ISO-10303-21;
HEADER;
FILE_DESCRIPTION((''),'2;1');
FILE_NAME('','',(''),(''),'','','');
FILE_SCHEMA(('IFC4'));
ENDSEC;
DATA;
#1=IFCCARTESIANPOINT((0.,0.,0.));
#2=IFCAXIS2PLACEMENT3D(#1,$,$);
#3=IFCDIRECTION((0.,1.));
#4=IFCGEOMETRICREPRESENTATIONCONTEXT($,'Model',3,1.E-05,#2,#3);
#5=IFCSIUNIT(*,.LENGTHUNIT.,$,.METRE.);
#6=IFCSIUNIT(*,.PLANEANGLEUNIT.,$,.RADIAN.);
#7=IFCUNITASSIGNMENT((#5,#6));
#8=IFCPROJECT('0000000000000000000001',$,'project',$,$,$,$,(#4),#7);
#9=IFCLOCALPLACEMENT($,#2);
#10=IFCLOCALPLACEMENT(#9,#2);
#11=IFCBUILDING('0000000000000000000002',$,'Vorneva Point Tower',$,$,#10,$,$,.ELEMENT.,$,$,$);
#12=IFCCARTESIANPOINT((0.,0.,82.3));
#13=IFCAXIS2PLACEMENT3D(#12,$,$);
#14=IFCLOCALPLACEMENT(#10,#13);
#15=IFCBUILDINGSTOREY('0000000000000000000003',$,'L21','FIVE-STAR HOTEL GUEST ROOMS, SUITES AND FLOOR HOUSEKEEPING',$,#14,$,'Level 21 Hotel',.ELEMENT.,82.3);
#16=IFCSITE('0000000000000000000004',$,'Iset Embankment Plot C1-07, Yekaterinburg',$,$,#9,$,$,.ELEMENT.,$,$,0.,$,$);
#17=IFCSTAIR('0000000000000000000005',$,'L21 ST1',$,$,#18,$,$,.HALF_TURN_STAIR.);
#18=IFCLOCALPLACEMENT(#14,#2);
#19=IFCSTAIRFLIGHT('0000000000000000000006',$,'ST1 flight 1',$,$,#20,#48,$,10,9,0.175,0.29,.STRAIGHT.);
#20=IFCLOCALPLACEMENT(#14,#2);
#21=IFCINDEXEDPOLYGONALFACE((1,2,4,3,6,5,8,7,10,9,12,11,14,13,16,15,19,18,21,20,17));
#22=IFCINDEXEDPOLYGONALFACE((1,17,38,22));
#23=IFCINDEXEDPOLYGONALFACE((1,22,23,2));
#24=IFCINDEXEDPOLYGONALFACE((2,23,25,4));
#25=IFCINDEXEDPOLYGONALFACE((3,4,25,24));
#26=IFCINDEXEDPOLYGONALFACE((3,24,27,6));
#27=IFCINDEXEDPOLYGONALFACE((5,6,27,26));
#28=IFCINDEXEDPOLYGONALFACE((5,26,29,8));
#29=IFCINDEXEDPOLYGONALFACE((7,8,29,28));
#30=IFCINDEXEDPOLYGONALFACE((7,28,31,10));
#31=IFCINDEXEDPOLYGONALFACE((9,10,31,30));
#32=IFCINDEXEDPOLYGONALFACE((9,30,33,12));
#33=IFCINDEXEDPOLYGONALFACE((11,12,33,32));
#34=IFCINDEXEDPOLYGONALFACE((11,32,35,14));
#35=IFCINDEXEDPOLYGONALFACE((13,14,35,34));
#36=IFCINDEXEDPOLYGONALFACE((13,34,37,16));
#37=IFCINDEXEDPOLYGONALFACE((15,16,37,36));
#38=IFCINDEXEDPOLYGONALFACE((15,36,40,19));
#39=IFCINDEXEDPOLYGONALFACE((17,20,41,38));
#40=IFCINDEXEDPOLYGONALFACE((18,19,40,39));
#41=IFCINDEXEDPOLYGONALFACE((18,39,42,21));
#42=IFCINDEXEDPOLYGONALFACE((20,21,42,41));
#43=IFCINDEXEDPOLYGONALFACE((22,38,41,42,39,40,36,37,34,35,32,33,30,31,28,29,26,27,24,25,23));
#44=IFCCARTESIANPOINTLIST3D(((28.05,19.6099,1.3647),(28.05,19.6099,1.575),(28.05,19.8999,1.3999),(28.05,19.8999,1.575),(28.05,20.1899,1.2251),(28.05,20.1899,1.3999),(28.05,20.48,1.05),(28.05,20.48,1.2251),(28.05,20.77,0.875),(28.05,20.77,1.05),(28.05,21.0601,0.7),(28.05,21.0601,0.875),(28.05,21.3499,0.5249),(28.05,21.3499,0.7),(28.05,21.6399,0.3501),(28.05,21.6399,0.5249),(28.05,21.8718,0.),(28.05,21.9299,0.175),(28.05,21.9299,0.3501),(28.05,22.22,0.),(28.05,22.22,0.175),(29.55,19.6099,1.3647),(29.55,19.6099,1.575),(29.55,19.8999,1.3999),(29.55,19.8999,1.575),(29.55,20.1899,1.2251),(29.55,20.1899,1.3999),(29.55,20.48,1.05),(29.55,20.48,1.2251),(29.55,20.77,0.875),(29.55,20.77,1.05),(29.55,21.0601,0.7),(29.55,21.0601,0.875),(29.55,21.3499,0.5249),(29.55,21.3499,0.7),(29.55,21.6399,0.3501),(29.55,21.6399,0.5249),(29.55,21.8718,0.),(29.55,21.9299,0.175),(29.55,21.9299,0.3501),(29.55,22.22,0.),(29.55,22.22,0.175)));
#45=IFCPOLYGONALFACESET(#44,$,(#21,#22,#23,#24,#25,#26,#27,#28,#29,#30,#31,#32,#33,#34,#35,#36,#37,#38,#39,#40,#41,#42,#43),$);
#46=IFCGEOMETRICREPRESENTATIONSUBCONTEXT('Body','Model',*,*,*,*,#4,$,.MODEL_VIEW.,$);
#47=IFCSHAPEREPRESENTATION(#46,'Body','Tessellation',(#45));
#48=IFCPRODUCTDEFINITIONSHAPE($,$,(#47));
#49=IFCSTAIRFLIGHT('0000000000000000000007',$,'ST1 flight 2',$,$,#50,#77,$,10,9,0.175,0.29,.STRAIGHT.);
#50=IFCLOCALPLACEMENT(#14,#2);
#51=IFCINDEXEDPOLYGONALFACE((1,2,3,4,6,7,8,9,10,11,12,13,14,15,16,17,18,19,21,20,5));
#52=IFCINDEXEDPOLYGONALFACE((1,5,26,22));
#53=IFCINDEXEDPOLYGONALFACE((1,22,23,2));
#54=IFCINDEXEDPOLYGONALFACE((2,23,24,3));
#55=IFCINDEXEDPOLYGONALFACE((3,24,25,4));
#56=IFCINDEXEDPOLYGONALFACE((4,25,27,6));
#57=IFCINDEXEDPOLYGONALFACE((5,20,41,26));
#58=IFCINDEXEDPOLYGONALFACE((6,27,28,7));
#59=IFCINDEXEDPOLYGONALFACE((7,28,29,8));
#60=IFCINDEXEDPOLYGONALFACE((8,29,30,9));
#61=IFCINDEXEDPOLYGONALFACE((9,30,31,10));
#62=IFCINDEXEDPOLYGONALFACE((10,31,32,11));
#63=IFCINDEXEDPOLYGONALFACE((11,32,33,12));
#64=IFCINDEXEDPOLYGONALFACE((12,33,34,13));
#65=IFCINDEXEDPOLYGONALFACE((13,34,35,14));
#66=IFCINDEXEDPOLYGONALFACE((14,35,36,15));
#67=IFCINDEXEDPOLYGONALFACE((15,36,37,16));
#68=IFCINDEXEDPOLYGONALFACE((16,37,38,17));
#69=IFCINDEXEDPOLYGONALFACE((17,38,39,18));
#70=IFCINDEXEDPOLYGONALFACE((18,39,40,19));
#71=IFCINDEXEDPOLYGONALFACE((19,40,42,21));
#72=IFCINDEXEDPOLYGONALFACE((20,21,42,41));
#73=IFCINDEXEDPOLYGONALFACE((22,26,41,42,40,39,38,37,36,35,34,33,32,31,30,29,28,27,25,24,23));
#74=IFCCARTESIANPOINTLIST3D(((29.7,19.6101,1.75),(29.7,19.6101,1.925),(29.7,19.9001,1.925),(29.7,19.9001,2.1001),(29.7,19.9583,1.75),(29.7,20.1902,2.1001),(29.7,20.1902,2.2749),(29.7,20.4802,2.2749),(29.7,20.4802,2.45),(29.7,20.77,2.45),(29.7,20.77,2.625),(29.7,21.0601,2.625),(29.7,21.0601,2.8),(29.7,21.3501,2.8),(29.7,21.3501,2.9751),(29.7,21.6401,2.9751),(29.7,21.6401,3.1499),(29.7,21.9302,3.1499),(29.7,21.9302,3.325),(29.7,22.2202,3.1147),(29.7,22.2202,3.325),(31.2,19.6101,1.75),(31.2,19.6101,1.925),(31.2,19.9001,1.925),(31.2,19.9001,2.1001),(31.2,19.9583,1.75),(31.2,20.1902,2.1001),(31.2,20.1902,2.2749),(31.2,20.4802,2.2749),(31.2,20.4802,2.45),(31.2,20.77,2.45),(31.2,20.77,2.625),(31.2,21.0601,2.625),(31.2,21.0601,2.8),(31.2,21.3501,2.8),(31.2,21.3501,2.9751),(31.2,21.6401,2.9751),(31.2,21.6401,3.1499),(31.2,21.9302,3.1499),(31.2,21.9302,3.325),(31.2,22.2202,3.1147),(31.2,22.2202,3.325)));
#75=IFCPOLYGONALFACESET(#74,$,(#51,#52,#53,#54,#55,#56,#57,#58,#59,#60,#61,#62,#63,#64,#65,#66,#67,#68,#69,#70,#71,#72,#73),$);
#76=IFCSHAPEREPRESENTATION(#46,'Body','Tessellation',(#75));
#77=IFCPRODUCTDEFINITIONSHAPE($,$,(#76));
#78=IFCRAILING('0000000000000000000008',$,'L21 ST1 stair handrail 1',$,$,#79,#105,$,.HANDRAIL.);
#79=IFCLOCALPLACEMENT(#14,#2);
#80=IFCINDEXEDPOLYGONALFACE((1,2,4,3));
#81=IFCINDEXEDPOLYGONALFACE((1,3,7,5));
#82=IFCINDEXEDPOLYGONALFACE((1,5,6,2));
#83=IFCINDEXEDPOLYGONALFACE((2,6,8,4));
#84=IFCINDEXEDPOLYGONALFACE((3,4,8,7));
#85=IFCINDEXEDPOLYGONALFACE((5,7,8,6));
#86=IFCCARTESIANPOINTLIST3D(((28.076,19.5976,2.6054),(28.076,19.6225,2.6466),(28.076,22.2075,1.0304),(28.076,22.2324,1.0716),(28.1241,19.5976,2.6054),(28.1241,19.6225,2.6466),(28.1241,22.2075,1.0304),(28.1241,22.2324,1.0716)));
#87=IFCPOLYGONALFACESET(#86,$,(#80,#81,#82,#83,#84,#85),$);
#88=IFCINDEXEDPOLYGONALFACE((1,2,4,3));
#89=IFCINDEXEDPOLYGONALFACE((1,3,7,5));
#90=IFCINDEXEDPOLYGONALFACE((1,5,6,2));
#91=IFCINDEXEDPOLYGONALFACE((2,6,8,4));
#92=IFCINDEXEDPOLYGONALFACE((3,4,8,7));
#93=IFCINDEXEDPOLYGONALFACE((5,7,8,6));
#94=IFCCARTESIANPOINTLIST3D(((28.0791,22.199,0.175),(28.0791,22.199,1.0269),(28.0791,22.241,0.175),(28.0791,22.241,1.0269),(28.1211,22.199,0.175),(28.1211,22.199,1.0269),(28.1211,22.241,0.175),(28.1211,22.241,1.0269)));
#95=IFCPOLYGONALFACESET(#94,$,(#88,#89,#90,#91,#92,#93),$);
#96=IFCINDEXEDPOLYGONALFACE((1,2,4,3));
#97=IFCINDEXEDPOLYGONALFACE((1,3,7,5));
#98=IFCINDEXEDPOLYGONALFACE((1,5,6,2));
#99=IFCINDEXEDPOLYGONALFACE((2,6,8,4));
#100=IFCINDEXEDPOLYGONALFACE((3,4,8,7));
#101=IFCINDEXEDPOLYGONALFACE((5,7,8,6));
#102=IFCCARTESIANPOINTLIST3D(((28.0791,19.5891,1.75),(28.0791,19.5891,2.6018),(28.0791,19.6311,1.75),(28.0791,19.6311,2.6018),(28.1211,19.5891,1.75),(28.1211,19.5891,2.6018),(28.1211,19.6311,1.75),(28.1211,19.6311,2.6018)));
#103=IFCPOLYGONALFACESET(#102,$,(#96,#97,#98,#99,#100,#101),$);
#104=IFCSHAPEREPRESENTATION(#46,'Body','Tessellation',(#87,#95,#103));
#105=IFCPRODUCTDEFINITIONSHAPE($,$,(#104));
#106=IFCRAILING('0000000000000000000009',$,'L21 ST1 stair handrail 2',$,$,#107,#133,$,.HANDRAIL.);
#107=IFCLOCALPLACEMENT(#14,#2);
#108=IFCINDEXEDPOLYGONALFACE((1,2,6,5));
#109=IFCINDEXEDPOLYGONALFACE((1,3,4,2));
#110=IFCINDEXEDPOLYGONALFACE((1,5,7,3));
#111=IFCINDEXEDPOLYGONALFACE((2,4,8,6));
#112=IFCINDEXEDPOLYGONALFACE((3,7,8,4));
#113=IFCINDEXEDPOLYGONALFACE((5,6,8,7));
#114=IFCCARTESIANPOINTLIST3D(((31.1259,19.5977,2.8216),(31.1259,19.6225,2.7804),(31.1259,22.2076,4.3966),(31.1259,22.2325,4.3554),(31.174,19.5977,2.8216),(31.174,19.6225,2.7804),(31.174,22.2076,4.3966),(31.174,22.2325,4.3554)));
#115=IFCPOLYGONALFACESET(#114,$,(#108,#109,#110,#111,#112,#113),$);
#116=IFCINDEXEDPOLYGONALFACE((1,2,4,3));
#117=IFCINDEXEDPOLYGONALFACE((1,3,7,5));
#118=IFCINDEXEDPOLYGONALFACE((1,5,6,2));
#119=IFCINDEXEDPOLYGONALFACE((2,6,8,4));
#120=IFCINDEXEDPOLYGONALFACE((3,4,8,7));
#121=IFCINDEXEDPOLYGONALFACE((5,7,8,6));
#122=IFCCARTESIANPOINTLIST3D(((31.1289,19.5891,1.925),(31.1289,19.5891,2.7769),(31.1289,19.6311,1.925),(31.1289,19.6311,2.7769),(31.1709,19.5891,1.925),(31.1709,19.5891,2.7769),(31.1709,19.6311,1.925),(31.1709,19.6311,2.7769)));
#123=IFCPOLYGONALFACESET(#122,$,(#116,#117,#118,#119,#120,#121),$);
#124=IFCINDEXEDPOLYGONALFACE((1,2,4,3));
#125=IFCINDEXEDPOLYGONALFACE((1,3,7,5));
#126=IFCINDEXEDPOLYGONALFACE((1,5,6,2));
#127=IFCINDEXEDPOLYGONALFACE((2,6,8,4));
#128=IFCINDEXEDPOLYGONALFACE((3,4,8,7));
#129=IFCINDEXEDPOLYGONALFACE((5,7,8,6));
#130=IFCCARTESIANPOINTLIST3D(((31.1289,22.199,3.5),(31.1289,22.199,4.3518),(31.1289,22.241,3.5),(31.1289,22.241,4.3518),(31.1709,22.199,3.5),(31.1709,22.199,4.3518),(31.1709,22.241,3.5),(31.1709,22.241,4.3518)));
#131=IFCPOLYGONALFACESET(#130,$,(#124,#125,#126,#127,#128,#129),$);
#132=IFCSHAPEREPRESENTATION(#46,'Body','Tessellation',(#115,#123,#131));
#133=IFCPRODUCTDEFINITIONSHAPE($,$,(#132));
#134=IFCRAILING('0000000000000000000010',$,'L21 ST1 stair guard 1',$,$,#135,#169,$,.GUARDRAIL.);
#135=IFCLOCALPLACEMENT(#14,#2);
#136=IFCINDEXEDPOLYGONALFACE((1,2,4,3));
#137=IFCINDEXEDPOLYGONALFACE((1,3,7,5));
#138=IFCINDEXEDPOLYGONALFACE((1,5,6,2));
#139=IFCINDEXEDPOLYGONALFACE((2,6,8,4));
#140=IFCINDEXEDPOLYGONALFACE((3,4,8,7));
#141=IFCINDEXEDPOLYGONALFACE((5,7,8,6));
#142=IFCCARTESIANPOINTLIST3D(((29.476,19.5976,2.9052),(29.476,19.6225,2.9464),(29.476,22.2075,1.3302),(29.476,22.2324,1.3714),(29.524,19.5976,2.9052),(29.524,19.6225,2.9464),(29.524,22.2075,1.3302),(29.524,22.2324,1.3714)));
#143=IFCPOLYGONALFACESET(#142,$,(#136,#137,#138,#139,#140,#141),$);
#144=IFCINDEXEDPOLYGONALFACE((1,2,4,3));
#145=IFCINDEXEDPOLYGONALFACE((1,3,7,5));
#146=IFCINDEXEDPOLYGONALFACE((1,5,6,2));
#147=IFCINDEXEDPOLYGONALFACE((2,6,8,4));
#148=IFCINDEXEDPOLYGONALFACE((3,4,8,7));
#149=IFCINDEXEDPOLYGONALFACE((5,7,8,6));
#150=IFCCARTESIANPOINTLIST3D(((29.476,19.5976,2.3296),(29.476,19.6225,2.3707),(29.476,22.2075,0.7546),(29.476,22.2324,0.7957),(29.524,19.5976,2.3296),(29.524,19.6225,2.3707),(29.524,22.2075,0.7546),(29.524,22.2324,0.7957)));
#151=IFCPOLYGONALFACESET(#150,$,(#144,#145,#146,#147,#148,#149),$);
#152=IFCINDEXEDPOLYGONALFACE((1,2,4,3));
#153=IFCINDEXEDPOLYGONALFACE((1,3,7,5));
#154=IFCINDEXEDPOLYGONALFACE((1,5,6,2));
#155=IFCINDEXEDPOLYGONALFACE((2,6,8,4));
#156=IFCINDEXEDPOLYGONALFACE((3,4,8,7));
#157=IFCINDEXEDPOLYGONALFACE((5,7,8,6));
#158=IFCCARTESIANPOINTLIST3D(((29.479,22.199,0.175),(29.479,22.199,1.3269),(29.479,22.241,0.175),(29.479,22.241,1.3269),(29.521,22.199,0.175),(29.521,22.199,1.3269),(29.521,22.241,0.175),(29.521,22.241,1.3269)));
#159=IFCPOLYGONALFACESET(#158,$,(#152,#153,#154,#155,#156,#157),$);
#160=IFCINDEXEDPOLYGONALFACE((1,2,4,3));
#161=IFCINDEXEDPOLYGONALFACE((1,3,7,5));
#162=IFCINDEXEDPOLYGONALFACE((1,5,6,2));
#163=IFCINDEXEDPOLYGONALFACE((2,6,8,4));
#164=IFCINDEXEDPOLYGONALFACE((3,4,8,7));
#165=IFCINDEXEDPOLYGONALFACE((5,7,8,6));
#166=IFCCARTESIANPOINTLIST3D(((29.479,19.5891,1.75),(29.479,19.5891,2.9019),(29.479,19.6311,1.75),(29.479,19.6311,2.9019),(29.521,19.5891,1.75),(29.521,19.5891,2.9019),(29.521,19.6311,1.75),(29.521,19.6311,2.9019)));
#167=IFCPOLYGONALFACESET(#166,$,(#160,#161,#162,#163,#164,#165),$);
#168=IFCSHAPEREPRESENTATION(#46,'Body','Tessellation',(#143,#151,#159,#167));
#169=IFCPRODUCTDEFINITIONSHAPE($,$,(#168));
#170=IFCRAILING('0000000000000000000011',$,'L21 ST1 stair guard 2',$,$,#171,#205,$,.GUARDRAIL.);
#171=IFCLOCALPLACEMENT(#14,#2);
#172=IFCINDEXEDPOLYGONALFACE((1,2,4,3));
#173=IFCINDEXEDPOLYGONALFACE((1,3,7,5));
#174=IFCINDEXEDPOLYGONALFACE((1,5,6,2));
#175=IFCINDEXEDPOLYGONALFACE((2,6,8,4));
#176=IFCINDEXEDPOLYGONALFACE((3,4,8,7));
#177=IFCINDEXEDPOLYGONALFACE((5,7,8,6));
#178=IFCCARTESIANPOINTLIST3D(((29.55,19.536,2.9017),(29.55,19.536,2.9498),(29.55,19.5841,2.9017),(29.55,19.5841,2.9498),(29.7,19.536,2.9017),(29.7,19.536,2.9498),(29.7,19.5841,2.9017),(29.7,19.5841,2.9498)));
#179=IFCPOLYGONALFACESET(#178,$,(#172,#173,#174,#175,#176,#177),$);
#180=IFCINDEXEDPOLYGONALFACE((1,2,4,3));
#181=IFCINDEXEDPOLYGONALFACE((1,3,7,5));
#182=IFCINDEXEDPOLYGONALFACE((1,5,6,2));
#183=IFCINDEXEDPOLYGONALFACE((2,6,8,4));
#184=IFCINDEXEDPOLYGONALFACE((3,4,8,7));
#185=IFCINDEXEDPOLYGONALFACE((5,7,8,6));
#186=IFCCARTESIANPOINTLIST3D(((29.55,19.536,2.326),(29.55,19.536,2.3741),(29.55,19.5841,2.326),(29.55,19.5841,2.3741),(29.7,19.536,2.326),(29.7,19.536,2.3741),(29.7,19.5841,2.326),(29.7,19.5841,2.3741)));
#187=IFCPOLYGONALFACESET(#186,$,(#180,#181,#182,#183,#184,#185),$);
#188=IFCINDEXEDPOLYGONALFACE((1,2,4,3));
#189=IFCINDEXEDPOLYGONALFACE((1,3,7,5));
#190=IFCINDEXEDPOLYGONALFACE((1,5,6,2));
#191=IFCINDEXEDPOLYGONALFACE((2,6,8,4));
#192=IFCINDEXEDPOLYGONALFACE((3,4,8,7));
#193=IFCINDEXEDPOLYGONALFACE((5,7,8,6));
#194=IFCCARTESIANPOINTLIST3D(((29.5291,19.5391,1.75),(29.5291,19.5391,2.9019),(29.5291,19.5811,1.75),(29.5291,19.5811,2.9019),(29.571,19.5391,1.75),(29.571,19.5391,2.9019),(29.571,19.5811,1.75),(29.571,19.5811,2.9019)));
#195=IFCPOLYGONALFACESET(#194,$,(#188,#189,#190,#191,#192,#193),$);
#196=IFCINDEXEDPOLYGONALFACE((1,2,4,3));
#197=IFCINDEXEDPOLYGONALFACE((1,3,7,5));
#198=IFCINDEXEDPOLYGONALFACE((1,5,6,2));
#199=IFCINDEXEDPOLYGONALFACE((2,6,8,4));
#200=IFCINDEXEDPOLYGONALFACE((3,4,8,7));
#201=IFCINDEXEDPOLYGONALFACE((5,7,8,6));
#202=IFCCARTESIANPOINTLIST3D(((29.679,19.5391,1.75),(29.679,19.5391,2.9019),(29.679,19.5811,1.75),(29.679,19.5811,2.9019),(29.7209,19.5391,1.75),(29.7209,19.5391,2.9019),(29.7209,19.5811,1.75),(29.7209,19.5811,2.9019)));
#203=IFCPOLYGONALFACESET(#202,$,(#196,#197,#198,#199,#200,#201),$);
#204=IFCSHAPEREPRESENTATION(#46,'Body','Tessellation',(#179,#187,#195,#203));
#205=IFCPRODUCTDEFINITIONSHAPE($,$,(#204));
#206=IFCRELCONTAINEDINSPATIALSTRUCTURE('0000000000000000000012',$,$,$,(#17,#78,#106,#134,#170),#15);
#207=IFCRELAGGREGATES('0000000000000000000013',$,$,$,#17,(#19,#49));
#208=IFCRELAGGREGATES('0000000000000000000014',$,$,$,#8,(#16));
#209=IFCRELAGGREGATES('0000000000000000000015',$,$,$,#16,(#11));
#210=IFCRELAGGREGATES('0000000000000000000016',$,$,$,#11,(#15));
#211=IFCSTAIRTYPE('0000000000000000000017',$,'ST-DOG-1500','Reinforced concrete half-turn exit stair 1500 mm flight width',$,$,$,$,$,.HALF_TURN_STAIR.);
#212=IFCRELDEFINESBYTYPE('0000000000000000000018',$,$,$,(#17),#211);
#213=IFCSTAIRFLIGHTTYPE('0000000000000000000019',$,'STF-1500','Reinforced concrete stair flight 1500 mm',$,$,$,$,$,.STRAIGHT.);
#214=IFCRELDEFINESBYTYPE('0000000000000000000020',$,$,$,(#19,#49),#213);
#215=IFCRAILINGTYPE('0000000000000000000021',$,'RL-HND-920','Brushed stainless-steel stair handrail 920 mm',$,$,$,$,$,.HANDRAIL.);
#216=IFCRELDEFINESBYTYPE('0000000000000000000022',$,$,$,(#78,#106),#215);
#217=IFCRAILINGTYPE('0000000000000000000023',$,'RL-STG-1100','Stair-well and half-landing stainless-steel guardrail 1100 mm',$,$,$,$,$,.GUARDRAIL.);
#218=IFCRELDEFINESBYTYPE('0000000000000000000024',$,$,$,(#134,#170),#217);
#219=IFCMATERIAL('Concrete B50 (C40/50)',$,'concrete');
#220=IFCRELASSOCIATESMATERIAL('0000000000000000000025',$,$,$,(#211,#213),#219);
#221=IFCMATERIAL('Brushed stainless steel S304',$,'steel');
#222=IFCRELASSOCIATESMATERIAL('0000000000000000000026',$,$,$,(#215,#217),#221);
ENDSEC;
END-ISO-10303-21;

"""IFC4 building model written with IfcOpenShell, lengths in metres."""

from ifc_helpers import new_model, si_unit, direction, frame, origin, origin_2d, place, context, subcontext, project, spatial, polyline, rectangle, outline, extrude, material, type_object, element, aggregate, save


model = new_model("IFC4")

# Units and contexts
model_context = context("Model", 3, precision=1e-05, world=origin(), true_north=direction((0.0, 1.0)))
body_context = subcontext(model_context, "Body", "Model", "MODEL_VIEW")
ifc_project = project(units=[si_unit("LENGTHUNIT", "METRE"), si_unit("PLANEANGLEUNIT", "RADIAN")], contexts=[model_context])

# Site, building, storey
site_placement = place(None, origin())
site = spatial("IfcSite", under=ifc_project, at=site_placement, Name="Iset Embankment Plot C1-07, Yekaterinburg", CompositionType="ELEMENT", RefElevation=0.0)
building_placement = place(site_placement, origin())
building = spatial("IfcBuilding", under=site, at=building_placement, Name="Vorneva Point Tower", CompositionType="ELEMENT")
storey_placement = place(building_placement, frame((0.0, 0.0, 82.3)))
storey = spatial("IfcBuildingStorey", under=building, at=storey_placement, Name="L21", Description="FIVE-STAR HOTEL GUEST ROOMS, SUITES AND FLOOR HOUSEKEEPING", LongName="Level 21 Hotel", CompositionType="ELEMENT", Elevation=82.3)

# Shared definitions
ifc_material_1 = material(Name="Concrete B50 (C40/50)", Category="concrete")

# Stair, stair flights
stair_type = type_object("IfcStairType", Name="ST-DOG-1500", Description="Reinforced concrete half-turn exit stair 1500 mm flight width", PredefinedType="HALF_TURN_STAIR", material=ifc_material_1)
stair_placement = place(storey_placement, origin())
stair = element("IfcStair", 1, at=stair_placement, inside=storey, type_object=stair_type, Name="L21 ST1", PredefinedType="HALF_TURN_STAIR")
stair_flight_type = type_object("IfcStairFlightType", Name="STF-1500", Description="Reinforced concrete stair flight 1500 mm", PredefinedType="STRAIGHT", material=ifc_material_1)
stair_flight_1_placement = place(storey_placement, frame((28.8, 22.22, 0.0), z_axis=(0.0, 0.0, 1.0), x_axis=(0.0, -1.0, 0.0)))
stair_flight_1 = element("IfcStairFlight", 2, at=stair_flight_1_placement, type_object=stair_flight_type, Name="ST1 flight 1", NumberOfRisers=10, NumberOfTreads=9, PredefinedType="STRAIGHT", RiserHeight=0.175, TreadLength=0.29, context=body_context, shape_type="SweptSolid", body=[
    extrude(outline(polyline([(0.0, 0.0), (0.0, 0.175), (0.29, 0.175), (0.29, 0.3501), (0.5801, 0.3501), (0.5801, 0.5249), (0.8701, 0.5249), (0.8701, 0.7), (1.1599, 0.7), (1.1599, 0.875), (1.45, 0.875), (1.45, 1.05), (1.74, 1.05), (1.74, 1.2251), (2.03, 1.2251), (2.03, 1.3999), (2.3201, 1.3999), (2.3201, 1.575), (2.6101, 1.575), (2.6101, 1.75), (2.6101, 1.3647), (0.3481, 0.0), (0.0, 0.0)])), frame((0.0, 0.75, 0.0), z_axis=(0.0, -1.0, 0.0), x_axis=(1.0, 0.0, 0.0)), (0.0, 0.0, 1.0), 1.5),
])
stair_flight_2_placement = place(storey_placement, frame((30.45, 19.6101, 1.75), z_axis=(0.0, 0.0, 1.0), x_axis=(0.0, 1.0, 0.0)))
stair_flight_2 = element("IfcStairFlight", 3, at=stair_flight_2_placement, type_object=stair_flight_type, Name="ST1 flight 2", NumberOfRisers=10, NumberOfTreads=9, PredefinedType="STRAIGHT", RiserHeight=0.175, TreadLength=0.29, context=body_context, shape_type="SweptSolid", body=[
    extrude(outline(polyline([(0.0, 0.0), (0.0, 0.175), (0.29, 0.175), (0.29, 0.3501), (0.5801, 0.3501), (0.5801, 0.5249), (0.8701, 0.5249), (0.8701, 0.7), (1.1599, 0.7), (1.1599, 0.875), (1.45, 0.875), (1.45, 1.05), (1.74, 1.05), (1.74, 1.2251), (2.03, 1.2251), (2.03, 1.3999), (2.3201, 1.3999), (2.3201, 1.575), (2.6101, 1.575), (2.6101, 1.75), (2.6101, 1.3647), (0.3481, 0.0), (0.0, 0.0)])), frame((0.0, 0.75, 0.0), z_axis=(0.0, -1.0, 0.0), x_axis=(1.0, 0.0, 0.0)), (0.0, 0.0, 1.0), 1.5),
])
aggregate(stair, [stair_flight_1, stair_flight_2])

# Railings
ifc_material_2 = material(Name="Brushed stainless steel S304", Category="steel")
railing_type_1 = type_object("IfcRailingType", Name="RL-HND-920", Description="Brushed stainless-steel stair handrail 920 mm", PredefinedType="HANDRAIL", material=ifc_material_2)
railing_1_placement = place(storey_placement, frame((28.1001, 22.22, 0.175)))
element("IfcRailing", 4, at=railing_1_placement, inside=storey, type_object=railing_type_1, Name="L21 ST1 stair handrail 1", PredefinedType="HANDRAIL", context=body_context, shape_type="SweptSolid", body=[
    extrude(rectangle(XDim=0.0481, YDim=0.0481, at=origin_2d()), frame((0.0, 0.0, 0.876), z_axis=(0.0, -0.856183, 0.516673), x_axis=(1.0, 0.0, 0.0)), (0.0, 0.0, 1.0), 3.0483),
    extrude(rectangle(XDim=0.042, YDim=0.042, at=origin_2d()), origin(), (0.0, 0.0, 1.0), 0.8518),
    extrude(rectangle(XDim=0.042, YDim=0.042, at=origin_2d()), frame((0.0, -2.6099, 1.575)), (0.0, 0.0, 1.0), 0.8518),
])
railing_2_placement = place(storey_placement, frame((31.1499, 19.6101, 1.925)))
element("IfcRailing", 5, at=railing_2_placement, inside=storey, type_object=railing_type_1, Name="L21 ST1 stair handrail 2", PredefinedType="HANDRAIL", context=body_context, shape_type="SweptSolid", body=[
    extrude(rectangle(XDim=0.0481, YDim=0.0481, at=origin_2d()), frame((0.0, 0.0, 0.876), z_axis=(0.0, 0.856183, 0.516673), x_axis=(-1.0, 0.0, 0.0)), (0.0, 0.0, 1.0), 3.0483),
    extrude(rectangle(XDim=0.042, YDim=0.042, at=origin_2d()), origin(), (0.0, 0.0, 1.0), 0.8518),
    extrude(rectangle(XDim=0.042, YDim=0.042, at=origin_2d()), frame((0.0, 2.6099, 1.575)), (0.0, 0.0, 1.0), 0.8518),
])
railing_type_2 = type_object("IfcRailingType", Name="RL-STG-1100", Description="Stair-well and half-landing stainless-steel guardrail 1100 mm", PredefinedType="GUARDRAIL", material=ifc_material_2)
railing_3_placement = place(storey_placement, frame((29.5, 22.22, 0.175)))
element("IfcRailing", 6, at=railing_3_placement, inside=storey, type_object=railing_type_2, Name="L21 ST1 stair guard 1", PredefinedType="GUARDRAIL", context=body_context, shape_type="SweptSolid", body=[
    extrude(rectangle(XDim=0.0481, YDim=0.0481, at=origin_2d()), frame((0.0, 0.0, 1.1758), z_axis=(0.0, -0.856183, 0.516673), x_axis=(1.0, 0.0, 0.0)), (0.0, 0.0, 1.0), 3.0483),
    extrude(rectangle(XDim=0.0481, YDim=0.0481, at=origin_2d()), frame((0.0, 0.0, 0.6001), z_axis=(0.0, -0.856183, 0.516673), x_axis=(1.0, 0.0, 0.0)), (0.0, 0.0, 1.0), 3.0483),
    extrude(rectangle(XDim=0.042, YDim=0.042, at=origin_2d()), origin(), (0.0, 0.0, 1.0), 1.1519),
    extrude(rectangle(XDim=0.042, YDim=0.042, at=origin_2d()), frame((0.0, -2.6099, 1.575)), (0.0, 0.0, 1.0), 1.1519),
])
railing_4_placement = place(storey_placement, frame((29.55, 19.5601, 1.75)))
element("IfcRailing", 7, at=railing_4_placement, inside=storey, type_object=railing_type_2, Name="L21 ST1 stair guard 2", PredefinedType="GUARDRAIL", context=body_context, shape_type="SweptSolid", body=[
    extrude(rectangle(XDim=0.0481, YDim=0.0481, at=origin_2d()), frame((0.0, 0.0, 1.1758), z_axis=(1.0, 0.0, 0.0), x_axis=(0.0, 1.0, 0.0)), (0.0, 0.0, 1.0), 0.1499),
    extrude(rectangle(XDim=0.0481, YDim=0.0481, at=origin_2d()), frame((0.0, 0.0, 0.6001), z_axis=(1.0, 0.0, 0.0), x_axis=(0.0, 1.0, 0.0)), (0.0, 0.0, 1.0), 0.1499),
    extrude(rectangle(XDim=0.042, YDim=0.042, at=origin_2d()), origin(), (0.0, 0.0, 1.0), 1.1519),
    extrude(rectangle(XDim=0.042, YDim=0.042, at=origin_2d()), frame((0.1499, 0.0, 0.0)), (0.0, 0.0, 1.0), 1.1519),
])

save(model, "model.ifc")
